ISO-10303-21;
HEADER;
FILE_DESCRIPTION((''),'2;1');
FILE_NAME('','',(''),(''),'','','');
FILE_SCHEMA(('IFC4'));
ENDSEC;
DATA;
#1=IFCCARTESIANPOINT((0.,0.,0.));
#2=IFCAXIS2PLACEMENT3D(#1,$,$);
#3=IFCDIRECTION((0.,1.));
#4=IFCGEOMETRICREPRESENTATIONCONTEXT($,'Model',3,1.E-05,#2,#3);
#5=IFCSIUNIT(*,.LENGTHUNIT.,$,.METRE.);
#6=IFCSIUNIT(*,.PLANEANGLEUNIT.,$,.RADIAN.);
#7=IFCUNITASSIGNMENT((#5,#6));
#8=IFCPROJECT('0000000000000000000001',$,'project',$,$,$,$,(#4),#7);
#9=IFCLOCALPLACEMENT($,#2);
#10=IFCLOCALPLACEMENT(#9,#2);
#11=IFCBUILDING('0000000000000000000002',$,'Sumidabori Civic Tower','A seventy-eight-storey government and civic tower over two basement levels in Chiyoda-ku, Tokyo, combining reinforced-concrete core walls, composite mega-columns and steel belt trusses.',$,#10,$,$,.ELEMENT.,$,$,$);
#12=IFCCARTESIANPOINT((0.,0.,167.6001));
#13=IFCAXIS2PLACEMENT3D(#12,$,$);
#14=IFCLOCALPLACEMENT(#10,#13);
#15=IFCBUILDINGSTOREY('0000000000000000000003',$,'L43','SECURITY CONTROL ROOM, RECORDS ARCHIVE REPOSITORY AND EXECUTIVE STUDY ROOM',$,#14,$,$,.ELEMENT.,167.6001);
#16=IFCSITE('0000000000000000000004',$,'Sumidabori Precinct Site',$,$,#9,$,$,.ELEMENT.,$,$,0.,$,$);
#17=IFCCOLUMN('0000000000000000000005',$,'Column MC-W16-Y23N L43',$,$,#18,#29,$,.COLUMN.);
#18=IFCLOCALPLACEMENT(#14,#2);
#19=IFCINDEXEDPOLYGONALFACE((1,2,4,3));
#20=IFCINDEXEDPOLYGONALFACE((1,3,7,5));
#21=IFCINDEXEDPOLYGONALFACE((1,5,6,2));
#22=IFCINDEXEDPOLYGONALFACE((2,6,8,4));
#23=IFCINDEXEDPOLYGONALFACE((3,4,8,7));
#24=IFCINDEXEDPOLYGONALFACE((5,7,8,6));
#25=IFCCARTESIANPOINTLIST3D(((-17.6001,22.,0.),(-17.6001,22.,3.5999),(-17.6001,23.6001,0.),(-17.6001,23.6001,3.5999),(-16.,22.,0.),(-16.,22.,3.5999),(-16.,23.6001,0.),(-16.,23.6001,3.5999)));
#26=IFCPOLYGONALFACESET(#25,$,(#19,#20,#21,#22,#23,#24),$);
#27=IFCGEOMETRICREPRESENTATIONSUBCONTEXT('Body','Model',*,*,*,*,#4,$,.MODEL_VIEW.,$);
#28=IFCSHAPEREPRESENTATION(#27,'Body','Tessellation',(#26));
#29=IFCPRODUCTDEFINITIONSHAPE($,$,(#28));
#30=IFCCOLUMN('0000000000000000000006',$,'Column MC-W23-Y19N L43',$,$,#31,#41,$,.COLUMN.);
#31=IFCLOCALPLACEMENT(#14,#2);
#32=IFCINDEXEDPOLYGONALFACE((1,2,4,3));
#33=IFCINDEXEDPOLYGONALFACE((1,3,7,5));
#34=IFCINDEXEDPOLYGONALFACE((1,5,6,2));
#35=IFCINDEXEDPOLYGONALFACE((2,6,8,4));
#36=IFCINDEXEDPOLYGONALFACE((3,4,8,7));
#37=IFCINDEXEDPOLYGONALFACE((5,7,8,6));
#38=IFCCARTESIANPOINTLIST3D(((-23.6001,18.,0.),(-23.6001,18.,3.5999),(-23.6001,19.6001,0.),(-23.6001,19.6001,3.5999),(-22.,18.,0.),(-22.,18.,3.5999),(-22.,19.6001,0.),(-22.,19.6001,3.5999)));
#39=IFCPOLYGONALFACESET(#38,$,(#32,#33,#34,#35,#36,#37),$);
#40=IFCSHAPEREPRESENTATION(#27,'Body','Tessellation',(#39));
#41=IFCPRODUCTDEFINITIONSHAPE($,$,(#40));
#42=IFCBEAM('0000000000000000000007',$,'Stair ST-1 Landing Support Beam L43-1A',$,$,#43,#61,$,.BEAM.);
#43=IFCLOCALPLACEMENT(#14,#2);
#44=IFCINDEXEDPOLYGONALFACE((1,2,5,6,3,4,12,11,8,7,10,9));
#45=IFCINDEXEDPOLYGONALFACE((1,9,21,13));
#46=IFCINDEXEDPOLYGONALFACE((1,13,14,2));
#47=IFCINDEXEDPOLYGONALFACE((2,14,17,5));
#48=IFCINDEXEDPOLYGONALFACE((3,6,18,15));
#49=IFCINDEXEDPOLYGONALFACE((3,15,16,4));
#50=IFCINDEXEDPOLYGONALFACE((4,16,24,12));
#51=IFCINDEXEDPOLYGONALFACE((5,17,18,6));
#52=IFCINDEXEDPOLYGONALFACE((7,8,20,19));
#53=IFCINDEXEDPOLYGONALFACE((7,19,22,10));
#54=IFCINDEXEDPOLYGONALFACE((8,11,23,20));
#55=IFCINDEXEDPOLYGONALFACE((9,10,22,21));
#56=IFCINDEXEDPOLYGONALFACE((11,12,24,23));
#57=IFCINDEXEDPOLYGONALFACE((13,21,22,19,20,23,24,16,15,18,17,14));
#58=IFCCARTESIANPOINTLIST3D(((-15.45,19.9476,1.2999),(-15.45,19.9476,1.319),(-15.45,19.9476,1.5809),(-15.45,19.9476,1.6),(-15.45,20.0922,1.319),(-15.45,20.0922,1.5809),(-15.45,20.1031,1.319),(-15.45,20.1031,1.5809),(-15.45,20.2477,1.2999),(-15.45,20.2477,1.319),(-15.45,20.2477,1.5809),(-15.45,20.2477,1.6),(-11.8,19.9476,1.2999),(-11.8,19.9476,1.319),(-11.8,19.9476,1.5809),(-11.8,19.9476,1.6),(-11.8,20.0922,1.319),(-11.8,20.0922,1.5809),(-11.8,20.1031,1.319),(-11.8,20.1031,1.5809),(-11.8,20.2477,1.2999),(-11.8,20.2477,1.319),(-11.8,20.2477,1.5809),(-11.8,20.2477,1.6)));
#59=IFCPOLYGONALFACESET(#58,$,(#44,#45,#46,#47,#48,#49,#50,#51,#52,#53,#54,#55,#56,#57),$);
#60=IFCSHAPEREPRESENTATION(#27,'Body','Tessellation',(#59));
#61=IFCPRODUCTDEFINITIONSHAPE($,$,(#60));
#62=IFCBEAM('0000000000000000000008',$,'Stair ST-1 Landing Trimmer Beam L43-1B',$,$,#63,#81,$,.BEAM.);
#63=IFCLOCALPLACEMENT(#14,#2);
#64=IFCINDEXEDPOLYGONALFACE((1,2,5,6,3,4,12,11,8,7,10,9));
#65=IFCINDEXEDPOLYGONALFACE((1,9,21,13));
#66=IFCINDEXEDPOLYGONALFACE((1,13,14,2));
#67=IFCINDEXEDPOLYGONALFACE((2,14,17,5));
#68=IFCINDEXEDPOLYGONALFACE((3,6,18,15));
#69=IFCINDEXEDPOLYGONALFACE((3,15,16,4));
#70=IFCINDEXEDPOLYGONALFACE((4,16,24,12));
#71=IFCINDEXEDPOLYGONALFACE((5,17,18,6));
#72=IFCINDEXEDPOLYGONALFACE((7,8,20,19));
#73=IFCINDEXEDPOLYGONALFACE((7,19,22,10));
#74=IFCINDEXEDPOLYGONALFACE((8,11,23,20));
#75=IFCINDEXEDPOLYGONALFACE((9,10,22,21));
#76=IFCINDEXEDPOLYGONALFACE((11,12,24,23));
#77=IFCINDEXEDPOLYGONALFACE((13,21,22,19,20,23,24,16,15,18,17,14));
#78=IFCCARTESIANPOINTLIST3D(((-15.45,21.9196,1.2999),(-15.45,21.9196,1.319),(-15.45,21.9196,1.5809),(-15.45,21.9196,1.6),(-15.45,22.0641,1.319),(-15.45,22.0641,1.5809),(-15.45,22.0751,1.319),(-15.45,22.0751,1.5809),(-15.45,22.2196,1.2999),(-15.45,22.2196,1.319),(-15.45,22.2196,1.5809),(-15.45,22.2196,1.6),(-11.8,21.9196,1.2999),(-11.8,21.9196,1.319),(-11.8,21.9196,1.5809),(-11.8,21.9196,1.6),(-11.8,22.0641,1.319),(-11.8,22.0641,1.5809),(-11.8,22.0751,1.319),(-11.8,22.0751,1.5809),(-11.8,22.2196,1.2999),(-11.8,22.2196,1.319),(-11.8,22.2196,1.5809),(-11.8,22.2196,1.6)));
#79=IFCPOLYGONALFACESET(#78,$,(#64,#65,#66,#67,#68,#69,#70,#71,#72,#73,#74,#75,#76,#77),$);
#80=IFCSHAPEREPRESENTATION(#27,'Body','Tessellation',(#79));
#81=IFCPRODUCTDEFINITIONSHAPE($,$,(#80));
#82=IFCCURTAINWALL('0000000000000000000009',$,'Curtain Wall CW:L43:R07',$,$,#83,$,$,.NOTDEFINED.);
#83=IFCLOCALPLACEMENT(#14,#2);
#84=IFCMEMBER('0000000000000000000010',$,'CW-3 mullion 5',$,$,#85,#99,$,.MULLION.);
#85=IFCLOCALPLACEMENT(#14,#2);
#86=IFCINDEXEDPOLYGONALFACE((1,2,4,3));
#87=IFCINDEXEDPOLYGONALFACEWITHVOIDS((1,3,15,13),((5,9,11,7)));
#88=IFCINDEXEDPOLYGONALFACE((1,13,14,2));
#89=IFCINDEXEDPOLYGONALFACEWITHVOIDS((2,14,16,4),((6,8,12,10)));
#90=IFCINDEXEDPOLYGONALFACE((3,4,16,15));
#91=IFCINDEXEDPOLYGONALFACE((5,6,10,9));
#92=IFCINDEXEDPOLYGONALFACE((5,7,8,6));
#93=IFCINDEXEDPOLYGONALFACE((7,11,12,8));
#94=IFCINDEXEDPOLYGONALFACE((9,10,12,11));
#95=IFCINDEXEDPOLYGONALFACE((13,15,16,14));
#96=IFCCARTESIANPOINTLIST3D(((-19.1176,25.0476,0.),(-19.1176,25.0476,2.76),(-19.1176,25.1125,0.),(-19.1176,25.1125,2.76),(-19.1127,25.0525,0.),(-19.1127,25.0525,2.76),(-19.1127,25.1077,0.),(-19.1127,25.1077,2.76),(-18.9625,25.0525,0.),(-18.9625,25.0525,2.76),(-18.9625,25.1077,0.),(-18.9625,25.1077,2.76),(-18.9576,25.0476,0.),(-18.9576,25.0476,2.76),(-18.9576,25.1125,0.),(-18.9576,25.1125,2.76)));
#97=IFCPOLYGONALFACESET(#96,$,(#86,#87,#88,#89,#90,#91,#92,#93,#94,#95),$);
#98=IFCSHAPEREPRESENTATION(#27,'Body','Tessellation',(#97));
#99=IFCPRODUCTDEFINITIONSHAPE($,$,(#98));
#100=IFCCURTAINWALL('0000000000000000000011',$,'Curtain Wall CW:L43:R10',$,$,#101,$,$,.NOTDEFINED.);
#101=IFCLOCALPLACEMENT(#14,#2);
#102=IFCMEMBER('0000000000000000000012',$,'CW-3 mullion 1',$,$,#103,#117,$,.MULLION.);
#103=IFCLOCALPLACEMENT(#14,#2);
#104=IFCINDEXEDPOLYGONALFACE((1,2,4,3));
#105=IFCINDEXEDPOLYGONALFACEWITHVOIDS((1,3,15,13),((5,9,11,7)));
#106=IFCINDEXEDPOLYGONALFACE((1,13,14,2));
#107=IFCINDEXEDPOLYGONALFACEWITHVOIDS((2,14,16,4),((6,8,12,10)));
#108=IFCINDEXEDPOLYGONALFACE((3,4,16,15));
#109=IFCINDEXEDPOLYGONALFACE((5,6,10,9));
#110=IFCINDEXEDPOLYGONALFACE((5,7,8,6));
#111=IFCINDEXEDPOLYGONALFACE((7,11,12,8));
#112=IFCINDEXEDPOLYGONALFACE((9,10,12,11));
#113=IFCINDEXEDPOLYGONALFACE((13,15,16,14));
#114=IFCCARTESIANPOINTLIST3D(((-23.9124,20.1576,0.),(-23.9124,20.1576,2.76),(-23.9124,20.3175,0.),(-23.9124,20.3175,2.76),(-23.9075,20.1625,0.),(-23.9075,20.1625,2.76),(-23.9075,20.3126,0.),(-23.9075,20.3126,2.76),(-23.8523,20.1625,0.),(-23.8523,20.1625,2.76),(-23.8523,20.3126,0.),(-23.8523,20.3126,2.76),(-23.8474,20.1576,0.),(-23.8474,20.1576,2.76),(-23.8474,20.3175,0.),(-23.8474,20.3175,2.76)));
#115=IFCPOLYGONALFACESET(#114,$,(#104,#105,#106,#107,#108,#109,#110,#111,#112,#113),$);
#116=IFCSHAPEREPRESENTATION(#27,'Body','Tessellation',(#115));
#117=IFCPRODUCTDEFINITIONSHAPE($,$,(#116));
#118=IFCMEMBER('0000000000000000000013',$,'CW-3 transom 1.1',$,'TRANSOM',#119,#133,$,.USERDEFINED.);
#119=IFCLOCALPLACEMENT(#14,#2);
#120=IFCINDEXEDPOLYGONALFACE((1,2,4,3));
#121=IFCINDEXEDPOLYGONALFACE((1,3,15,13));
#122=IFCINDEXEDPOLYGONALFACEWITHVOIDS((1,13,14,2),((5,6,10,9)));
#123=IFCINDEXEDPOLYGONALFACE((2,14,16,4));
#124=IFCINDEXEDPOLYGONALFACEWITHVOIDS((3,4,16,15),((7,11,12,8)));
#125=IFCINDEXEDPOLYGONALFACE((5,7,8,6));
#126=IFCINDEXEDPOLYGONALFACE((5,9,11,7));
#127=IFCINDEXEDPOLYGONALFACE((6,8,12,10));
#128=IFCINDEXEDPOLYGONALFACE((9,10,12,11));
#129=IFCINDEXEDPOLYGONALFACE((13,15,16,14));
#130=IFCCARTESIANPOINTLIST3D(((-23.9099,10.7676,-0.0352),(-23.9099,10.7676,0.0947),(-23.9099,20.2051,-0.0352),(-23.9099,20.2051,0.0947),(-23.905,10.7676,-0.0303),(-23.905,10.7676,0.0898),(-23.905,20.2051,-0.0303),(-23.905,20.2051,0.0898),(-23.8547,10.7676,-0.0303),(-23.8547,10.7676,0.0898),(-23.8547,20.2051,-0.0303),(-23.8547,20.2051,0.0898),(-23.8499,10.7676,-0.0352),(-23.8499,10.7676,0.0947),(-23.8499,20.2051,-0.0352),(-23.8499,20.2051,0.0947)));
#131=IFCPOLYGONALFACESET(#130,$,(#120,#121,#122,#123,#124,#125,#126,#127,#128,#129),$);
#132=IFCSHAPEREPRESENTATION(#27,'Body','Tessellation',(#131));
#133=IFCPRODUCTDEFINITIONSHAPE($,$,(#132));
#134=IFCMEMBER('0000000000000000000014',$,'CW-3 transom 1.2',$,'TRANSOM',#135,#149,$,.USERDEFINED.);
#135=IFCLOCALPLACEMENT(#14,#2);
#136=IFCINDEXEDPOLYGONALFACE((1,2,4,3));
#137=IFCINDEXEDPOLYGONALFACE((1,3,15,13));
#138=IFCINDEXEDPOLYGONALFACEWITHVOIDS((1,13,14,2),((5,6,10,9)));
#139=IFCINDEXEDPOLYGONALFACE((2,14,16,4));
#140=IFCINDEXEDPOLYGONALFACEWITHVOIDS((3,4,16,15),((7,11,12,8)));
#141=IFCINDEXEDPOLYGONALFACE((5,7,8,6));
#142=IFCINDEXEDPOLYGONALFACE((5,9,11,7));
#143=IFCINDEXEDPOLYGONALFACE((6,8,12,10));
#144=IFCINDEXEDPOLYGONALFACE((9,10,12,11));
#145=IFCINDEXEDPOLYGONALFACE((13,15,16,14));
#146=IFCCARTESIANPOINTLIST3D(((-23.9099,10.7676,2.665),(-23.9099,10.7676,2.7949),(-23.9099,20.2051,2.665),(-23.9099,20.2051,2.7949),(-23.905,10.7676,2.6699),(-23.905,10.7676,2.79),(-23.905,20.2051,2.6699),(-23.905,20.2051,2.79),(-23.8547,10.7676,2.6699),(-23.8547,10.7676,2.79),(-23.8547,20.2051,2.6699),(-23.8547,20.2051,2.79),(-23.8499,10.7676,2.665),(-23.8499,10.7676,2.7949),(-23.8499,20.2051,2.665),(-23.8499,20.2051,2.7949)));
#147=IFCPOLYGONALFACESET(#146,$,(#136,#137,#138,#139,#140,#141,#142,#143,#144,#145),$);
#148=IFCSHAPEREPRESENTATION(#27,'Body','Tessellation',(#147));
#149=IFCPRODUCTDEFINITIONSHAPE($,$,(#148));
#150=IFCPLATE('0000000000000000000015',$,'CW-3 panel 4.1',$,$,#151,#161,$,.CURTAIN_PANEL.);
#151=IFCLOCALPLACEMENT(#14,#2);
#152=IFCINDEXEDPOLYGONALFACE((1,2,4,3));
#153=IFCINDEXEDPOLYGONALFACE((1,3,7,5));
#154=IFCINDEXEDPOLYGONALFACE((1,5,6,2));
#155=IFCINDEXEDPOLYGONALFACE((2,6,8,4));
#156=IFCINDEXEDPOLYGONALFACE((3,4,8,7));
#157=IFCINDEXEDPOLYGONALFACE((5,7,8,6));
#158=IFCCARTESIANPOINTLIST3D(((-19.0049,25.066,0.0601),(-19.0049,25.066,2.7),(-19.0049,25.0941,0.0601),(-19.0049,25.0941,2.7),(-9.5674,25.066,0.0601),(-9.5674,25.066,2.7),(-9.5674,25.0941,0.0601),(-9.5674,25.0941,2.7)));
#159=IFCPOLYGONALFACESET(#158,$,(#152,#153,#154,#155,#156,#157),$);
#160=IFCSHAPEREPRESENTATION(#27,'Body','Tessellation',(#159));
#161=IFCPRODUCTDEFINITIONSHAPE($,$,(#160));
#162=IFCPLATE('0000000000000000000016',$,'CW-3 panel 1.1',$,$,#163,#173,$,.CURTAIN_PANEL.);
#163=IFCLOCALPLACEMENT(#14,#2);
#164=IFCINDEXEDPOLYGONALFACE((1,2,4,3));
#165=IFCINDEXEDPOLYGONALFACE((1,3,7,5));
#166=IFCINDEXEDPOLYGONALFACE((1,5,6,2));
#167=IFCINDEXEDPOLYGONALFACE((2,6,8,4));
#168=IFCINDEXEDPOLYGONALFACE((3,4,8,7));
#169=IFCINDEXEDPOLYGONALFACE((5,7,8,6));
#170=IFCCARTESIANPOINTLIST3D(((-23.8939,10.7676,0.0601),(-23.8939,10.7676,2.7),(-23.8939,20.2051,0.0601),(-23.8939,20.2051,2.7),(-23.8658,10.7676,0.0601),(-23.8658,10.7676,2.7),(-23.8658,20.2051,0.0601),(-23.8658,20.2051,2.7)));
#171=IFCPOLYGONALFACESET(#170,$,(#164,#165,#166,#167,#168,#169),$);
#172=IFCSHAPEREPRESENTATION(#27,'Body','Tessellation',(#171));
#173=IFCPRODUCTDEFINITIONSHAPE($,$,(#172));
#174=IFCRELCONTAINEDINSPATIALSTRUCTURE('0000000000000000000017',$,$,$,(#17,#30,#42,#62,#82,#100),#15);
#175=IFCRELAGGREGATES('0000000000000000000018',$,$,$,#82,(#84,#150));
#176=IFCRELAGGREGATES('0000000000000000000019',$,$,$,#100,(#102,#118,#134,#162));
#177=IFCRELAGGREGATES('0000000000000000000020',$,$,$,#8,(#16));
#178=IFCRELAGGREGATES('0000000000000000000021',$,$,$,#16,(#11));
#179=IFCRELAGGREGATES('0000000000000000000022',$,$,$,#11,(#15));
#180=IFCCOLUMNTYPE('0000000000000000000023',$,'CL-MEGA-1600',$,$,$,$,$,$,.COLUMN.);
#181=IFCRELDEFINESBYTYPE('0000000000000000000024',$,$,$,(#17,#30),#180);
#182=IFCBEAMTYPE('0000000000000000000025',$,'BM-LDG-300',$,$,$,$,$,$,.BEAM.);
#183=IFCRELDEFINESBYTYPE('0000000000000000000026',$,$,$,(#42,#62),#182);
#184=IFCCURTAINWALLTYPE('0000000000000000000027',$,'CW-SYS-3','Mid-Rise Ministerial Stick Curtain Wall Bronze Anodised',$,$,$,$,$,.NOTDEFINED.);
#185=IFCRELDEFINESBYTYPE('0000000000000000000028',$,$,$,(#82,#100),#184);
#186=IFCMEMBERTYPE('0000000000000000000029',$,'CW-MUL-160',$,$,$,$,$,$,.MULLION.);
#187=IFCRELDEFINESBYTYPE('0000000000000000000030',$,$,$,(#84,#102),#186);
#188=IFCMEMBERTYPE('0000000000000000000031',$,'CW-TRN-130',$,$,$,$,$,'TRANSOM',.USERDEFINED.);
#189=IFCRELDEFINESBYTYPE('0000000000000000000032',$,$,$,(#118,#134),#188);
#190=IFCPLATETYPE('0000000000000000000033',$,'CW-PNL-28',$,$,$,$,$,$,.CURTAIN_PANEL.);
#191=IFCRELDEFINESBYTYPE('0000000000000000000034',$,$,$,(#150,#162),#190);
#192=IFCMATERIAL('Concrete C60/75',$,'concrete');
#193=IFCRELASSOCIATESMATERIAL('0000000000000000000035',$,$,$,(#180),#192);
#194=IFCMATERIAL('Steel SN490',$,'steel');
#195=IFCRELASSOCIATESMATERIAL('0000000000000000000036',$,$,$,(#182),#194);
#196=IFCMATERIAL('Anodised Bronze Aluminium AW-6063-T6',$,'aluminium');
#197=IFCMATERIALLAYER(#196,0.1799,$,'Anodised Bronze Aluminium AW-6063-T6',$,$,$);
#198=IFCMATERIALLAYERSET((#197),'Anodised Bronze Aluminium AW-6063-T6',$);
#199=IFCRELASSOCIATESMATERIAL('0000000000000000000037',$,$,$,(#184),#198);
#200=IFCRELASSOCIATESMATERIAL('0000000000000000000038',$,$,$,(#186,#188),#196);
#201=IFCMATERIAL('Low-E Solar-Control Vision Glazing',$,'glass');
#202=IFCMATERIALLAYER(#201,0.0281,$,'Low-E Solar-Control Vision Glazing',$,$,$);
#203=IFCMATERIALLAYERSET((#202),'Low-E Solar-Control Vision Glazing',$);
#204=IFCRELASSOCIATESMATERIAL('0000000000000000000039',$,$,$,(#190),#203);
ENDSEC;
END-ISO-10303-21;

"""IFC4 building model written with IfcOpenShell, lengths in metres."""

from ifc_helpers import new_model, si_unit, direction, frame, origin, origin_2d, place, context, subcontext, project, spatial, rectangle, hollow_rectangle, i_section, extrude, source, transform, mapped, material, layer, layer_set, material_profile, profile_set, type_object, element, aggregate, save


model = new_model("IFC4")

# Units and contexts
model_context = context("Model", 3, precision=1e-05, world=origin(), true_north=direction((0.0, 1.0)))
body_context = subcontext(model_context, "Body", "Model", "MODEL_VIEW")
ifc_project = project(units=[si_unit("LENGTHUNIT", "METRE"), si_unit("PLANEANGLEUNIT", "RADIAN")], contexts=[model_context])

# Site, building, storey
site_placement = place(None, origin())
site = spatial("IfcSite", under=ifc_project, at=site_placement, Name="Sumidabori Precinct Site", CompositionType="ELEMENT", RefElevation=0.0)
building_placement = place(site_placement, origin())
building = spatial("IfcBuilding", under=site, at=building_placement, Name="Sumidabori Civic Tower", Description="A seventy-eight-storey government and civic tower over two basement levels in Chiyoda-ku, Tokyo, combining reinforced-concrete core walls, composite mega-columns and steel belt trusses.", CompositionType="ELEMENT")
storey_placement = place(building_placement, frame((0.0, 0.0, 167.6001)))
storey = spatial("IfcBuildingStorey", under=building, at=storey_placement, Name="L43", Description="SECURITY CONTROL ROOM, RECORDS ARCHIVE REPOSITORY AND EXECUTIVE STUDY ROOM", CompositionType="ELEMENT", Elevation=167.6001)

# Columns
ifc_material_1 = material(Name="Concrete C60/75", Category="concrete")
ifc_material_profile_1 = material_profile(ifc_material_1, rectangle(XDim=1.6001, YDim=1.6001, at=origin_2d()), Name="RC 1600x1600")
ifc_profile_set_1 = profile_set([ifc_material_profile_1], Name="Concrete C60/75")
column_type = type_object("IfcColumnType", Name="CL-MEGA-1600", PredefinedType="COLUMN", material=ifc_profile_set_1)
shared_shape_1 = source(origin(), body_context, "Body", "SweptSolid", [
    extrude(rectangle(XDim=1.6001, YDim=1.6001, at=origin_2d()), origin(), (0.0, 0.0, 1.0), 3.5999),
])
for number, where, z_axis, x_axis, name in (
    (1, (-16.8, 22.8, 0.0), (0.0, 0.0, 1.0), (1.0, 0.0, 0.0), "Column MC-W16-Y23N L43"),
    (2, (-22.8, 18.8, 0.0), (0.0, 0.0, 1.0), (1.0, 0.0, 0.0), "Column MC-W23-Y19N L43"),
):
    element("IfcColumn", number, at=place(storey_placement, frame(where, z_axis=z_axis, x_axis=x_axis)), inside=storey, type_object=column_type, Name=name, PredefinedType="COLUMN", context=body_context, shape_type="MappedRepresentation", body=[
        mapped(shared_shape_1, transform((0.0, 0.0, 0.0), x_axis=(1.0, 0.0, 0.0), y_axis=(0.0, 1.0, 0.0), z_axis=(0.0, 0.0, 1.0), scale=1.0)),
    ])

# Beams
ifc_material_2 = material(Name="Steel SN490", Category="steel")
ifc_material_profile_2 = material_profile(ifc_material_2, i_section(OverallWidth=0.3, OverallDepth=0.3, WebThickness=0.011, FlangeThickness=0.019, at=origin_2d()), Name="HE 300 B")
ifc_profile_set_2 = profile_set([ifc_material_profile_2], Name="Steel SN490")
beam_type = type_object("IfcBeamType", Name="BM-LDG-300", PredefinedType="BEAM", material=ifc_profile_set_2)
shared_shape_2 = source(origin(), body_context, "Body", "SweptSolid", [
    extrude(i_section(OverallWidth=0.3, OverallDepth=0.3, WebThickness=0.011, FlangeThickness=0.019, at=origin_2d()), origin(), (0.0, 0.0, 1.0), 3.6499),
])
for number, where, z_axis, x_axis, name in (
    (3, (-15.45, 20.0977, 1.45), (1.0, 0.0, 0.0), (0.0, 1.0, 0.0), "Stair ST-1 Landing Support Beam L43-1A"),
    (4, (-15.45, 22.0696, 1.45), (1.0, 0.0, 0.0), (0.0, 1.0, 0.0), "Stair ST-1 Landing Trimmer Beam L43-1B"),
):
    element("IfcBeam", number, at=place(storey_placement, frame(where, z_axis=z_axis, x_axis=x_axis)), inside=storey, type_object=beam_type, Name=name, PredefinedType="BEAM", context=body_context, shape_type="MappedRepresentation", body=[
        mapped(shared_shape_2, transform((0.0, 0.0, 0.0), x_axis=(1.0, 0.0, 0.0), y_axis=(0.0, 1.0, 0.0), z_axis=(0.0, 0.0, 1.0), scale=1.0)),
    ])

# Curtain wall, member
ifc_material_3 = material(Name="Anodised Bronze Aluminium AW-6063-T6", Category="aluminium")
ifc_layer_1 = layer(ifc_material_3, 0.1799, Name="Anodised Bronze Aluminium AW-6063-T6")
ifc_layer_set_1 = layer_set([ifc_layer_1], Name="Anodised Bronze Aluminium AW-6063-T6")
curtain_wall_type = type_object("IfcCurtainWallType", Name="CW-SYS-3", Description="Mid-Rise Ministerial Stick Curtain Wall Bronze Anodised", PredefinedType="NOTDEFINED", material=ifc_layer_set_1)
curtain_wall_1_placement = place(storey_placement, origin())
curtain_wall_1 = element("IfcCurtainWall", 5, at=curtain_wall_1_placement, inside=storey, type_object=curtain_wall_type, Name="Curtain Wall CW:L43:R07", PredefinedType="NOTDEFINED")
ifc_material_profile_3 = material_profile(ifc_material_3, hollow_rectangle(XDim=0.0649, YDim=0.1599, WallThickness=0.0049, at=origin_2d()), Name="ALU MULLION 160x65")
ifc_profile_set_3 = profile_set([ifc_material_profile_3], Name="Anodised Bronze Aluminium AW-6063-T6")
member_type_1 = type_object("IfcMemberType", Name="CW-MUL-160", PredefinedType="MULLION", material=ifc_profile_set_3)
shared_shape_3 = source(origin(), body_context, "Body", "SweptSolid", [
    extrude(hollow_rectangle(XDim=0.0649, YDim=0.1599, WallThickness=0.0049, at=origin_2d()), origin(), (0.0, 0.0, 1.0), 2.76),
])
member_1_placement = place(storey_placement, frame((-19.0376, 25.0801, 0.0), z_axis=(0.0, 0.0, 1.0), x_axis=(0.0, -1.0, 0.0)))
member_1 = element("IfcMember", 6, at=member_1_placement, type_object=member_type_1, Name="CW-3 mullion 5", PredefinedType="MULLION", context=body_context, shape_type="MappedRepresentation", body=[
    mapped(shared_shape_3, transform((0.0, 0.0, 0.0), x_axis=(1.0, 0.0, 0.0), y_axis=(0.0, 1.0, 0.0), z_axis=(0.0, 0.0, 1.0), scale=1.0)),
])

# Curtain wall, members
curtain_wall_2_placement = place(storey_placement, origin())
curtain_wall_2 = element("IfcCurtainWall", 7, at=curtain_wall_2_placement, inside=storey, type_object=curtain_wall_type, Name="Curtain Wall CW:L43:R10", PredefinedType="NOTDEFINED")
member_2_placement = place(storey_placement, frame((-23.8799, 20.2375, 0.0), z_axis=(0.0, 0.0, 1.0), x_axis=(1.0, 0.0, 0.0)))
member_2 = element("IfcMember", 8, at=member_2_placement, type_object=member_type_1, Name="CW-3 mullion 1", PredefinedType="MULLION", context=body_context, shape_type="MappedRepresentation", body=[
    mapped(shared_shape_3, transform((0.0, 0.0, 0.0), x_axis=(1.0, 0.0, 0.0), y_axis=(0.0, 1.0, 0.0), z_axis=(0.0, 0.0, 1.0), scale=1.0)),
])
ifc_material_profile_4 = material_profile(ifc_material_3, hollow_rectangle(XDim=0.0601, YDim=0.1299, WallThickness=0.0049, at=origin_2d()), Name="ALU TRANSOM 130x60")
ifc_profile_set_4 = profile_set([ifc_material_profile_4], Name="Anodised Bronze Aluminium AW-6063-T6")
member_type_2 = type_object("IfcMemberType", Name="CW-TRN-130", ElementType="TRANSOM", PredefinedType="USERDEFINED", material=ifc_profile_set_4)
shared_shape_4 = source(origin(), body_context, "Body", "SweptSolid", [
    extrude(hollow_rectangle(XDim=0.0601, YDim=0.1299, WallThickness=0.0049, at=origin_2d()), origin(), (0.0, 0.0, 1.0), 9.4375),
])
member_3_placement = place(storey_placement, frame((-23.8799, 20.2051, 0.0298), z_axis=(0.0, -1.0, 0.0), x_axis=(1.0, 0.0, 0.0)))
member_3 = element("IfcMember", 9, at=member_3_placement, type_object=member_type_2, Name="CW-3 transom 1.1", ObjectType="TRANSOM", PredefinedType="USERDEFINED", context=body_context, shape_type="MappedRepresentation", body=[
    mapped(shared_shape_4, transform((0.0, 0.0, 0.0), x_axis=(1.0, 0.0, 0.0), y_axis=(0.0, 1.0, 0.0), z_axis=(0.0, 0.0, 1.0), scale=1.0)),
])
member_4_placement = place(storey_placement, frame((-23.8799, 20.2051, 2.73), z_axis=(0.0, -1.0, 0.0), x_axis=(1.0, 0.0, 0.0)))
member_4 = element("IfcMember", 10, at=member_4_placement, type_object=member_type_2, Name="CW-3 transom 1.2", ObjectType="TRANSOM", PredefinedType="USERDEFINED", context=body_context, shape_type="MappedRepresentation", body=[
    mapped(shared_shape_4, transform((0.0, 0.0, 0.0), x_axis=(1.0, 0.0, 0.0), y_axis=(0.0, 1.0, 0.0), z_axis=(0.0, 0.0, 1.0), scale=1.0)),
])

# Plates
ifc_material_4 = material(Name="Low-E Solar-Control Vision Glazing", Category="glass")
ifc_layer_2 = layer(ifc_material_4, 0.0281, Name="Low-E Solar-Control Vision Glazing")
ifc_layer_set_2 = layer_set([ifc_layer_2], Name="Low-E Solar-Control Vision Glazing")
plate_type = type_object("IfcPlateType", Name="CW-PNL-28", PredefinedType="CURTAIN_PANEL", material=ifc_layer_set_2)
shared_shape_5 = source(origin(), body_context, "Body", "SweptSolid", [
    extrude(rectangle(XDim=9.4375, YDim=0.0281, at=origin_2d()), origin(), (0.0, 0.0, 1.0), 2.6399),
])
plate_1_placement = place(storey_placement, frame((-14.2861, 25.0801, 0.0601), z_axis=(0.0, 0.0, 1.0), x_axis=(-1.0, 0.0, 0.0)))
plate_1 = element("IfcPlate", 11, at=plate_1_placement, type_object=plate_type, Name="CW-3 panel 4.1", PredefinedType="CURTAIN_PANEL", context=body_context, shape_type="MappedRepresentation", body=[
    mapped(shared_shape_5, transform((0.0, 0.0, 0.0), x_axis=(1.0, 0.0, 0.0), y_axis=(0.0, 1.0, 0.0), z_axis=(0.0, 0.0, 1.0), scale=1.0)),
])
aggregate(curtain_wall_1, [member_1, plate_1])
plate_2_placement = place(storey_placement, frame((-23.8799, 15.4863, 0.0601), z_axis=(0.0, 0.0, 1.0), x_axis=(0.0, -1.0, 0.0)))
plate_2 = element("IfcPlate", 12, at=plate_2_placement, type_object=plate_type, Name="CW-3 panel 1.1", PredefinedType="CURTAIN_PANEL", context=body_context, shape_type="MappedRepresentation", body=[
    mapped(shared_shape_5, transform((0.0, 0.0, 0.0), x_axis=(1.0, 0.0, 0.0), y_axis=(0.0, 1.0, 0.0), z_axis=(0.0, 0.0, 1.0), scale=1.0)),
])
aggregate(curtain_wall_2, [member_2, member_3, member_4, plate_2])

save(model, "model.ifc")
